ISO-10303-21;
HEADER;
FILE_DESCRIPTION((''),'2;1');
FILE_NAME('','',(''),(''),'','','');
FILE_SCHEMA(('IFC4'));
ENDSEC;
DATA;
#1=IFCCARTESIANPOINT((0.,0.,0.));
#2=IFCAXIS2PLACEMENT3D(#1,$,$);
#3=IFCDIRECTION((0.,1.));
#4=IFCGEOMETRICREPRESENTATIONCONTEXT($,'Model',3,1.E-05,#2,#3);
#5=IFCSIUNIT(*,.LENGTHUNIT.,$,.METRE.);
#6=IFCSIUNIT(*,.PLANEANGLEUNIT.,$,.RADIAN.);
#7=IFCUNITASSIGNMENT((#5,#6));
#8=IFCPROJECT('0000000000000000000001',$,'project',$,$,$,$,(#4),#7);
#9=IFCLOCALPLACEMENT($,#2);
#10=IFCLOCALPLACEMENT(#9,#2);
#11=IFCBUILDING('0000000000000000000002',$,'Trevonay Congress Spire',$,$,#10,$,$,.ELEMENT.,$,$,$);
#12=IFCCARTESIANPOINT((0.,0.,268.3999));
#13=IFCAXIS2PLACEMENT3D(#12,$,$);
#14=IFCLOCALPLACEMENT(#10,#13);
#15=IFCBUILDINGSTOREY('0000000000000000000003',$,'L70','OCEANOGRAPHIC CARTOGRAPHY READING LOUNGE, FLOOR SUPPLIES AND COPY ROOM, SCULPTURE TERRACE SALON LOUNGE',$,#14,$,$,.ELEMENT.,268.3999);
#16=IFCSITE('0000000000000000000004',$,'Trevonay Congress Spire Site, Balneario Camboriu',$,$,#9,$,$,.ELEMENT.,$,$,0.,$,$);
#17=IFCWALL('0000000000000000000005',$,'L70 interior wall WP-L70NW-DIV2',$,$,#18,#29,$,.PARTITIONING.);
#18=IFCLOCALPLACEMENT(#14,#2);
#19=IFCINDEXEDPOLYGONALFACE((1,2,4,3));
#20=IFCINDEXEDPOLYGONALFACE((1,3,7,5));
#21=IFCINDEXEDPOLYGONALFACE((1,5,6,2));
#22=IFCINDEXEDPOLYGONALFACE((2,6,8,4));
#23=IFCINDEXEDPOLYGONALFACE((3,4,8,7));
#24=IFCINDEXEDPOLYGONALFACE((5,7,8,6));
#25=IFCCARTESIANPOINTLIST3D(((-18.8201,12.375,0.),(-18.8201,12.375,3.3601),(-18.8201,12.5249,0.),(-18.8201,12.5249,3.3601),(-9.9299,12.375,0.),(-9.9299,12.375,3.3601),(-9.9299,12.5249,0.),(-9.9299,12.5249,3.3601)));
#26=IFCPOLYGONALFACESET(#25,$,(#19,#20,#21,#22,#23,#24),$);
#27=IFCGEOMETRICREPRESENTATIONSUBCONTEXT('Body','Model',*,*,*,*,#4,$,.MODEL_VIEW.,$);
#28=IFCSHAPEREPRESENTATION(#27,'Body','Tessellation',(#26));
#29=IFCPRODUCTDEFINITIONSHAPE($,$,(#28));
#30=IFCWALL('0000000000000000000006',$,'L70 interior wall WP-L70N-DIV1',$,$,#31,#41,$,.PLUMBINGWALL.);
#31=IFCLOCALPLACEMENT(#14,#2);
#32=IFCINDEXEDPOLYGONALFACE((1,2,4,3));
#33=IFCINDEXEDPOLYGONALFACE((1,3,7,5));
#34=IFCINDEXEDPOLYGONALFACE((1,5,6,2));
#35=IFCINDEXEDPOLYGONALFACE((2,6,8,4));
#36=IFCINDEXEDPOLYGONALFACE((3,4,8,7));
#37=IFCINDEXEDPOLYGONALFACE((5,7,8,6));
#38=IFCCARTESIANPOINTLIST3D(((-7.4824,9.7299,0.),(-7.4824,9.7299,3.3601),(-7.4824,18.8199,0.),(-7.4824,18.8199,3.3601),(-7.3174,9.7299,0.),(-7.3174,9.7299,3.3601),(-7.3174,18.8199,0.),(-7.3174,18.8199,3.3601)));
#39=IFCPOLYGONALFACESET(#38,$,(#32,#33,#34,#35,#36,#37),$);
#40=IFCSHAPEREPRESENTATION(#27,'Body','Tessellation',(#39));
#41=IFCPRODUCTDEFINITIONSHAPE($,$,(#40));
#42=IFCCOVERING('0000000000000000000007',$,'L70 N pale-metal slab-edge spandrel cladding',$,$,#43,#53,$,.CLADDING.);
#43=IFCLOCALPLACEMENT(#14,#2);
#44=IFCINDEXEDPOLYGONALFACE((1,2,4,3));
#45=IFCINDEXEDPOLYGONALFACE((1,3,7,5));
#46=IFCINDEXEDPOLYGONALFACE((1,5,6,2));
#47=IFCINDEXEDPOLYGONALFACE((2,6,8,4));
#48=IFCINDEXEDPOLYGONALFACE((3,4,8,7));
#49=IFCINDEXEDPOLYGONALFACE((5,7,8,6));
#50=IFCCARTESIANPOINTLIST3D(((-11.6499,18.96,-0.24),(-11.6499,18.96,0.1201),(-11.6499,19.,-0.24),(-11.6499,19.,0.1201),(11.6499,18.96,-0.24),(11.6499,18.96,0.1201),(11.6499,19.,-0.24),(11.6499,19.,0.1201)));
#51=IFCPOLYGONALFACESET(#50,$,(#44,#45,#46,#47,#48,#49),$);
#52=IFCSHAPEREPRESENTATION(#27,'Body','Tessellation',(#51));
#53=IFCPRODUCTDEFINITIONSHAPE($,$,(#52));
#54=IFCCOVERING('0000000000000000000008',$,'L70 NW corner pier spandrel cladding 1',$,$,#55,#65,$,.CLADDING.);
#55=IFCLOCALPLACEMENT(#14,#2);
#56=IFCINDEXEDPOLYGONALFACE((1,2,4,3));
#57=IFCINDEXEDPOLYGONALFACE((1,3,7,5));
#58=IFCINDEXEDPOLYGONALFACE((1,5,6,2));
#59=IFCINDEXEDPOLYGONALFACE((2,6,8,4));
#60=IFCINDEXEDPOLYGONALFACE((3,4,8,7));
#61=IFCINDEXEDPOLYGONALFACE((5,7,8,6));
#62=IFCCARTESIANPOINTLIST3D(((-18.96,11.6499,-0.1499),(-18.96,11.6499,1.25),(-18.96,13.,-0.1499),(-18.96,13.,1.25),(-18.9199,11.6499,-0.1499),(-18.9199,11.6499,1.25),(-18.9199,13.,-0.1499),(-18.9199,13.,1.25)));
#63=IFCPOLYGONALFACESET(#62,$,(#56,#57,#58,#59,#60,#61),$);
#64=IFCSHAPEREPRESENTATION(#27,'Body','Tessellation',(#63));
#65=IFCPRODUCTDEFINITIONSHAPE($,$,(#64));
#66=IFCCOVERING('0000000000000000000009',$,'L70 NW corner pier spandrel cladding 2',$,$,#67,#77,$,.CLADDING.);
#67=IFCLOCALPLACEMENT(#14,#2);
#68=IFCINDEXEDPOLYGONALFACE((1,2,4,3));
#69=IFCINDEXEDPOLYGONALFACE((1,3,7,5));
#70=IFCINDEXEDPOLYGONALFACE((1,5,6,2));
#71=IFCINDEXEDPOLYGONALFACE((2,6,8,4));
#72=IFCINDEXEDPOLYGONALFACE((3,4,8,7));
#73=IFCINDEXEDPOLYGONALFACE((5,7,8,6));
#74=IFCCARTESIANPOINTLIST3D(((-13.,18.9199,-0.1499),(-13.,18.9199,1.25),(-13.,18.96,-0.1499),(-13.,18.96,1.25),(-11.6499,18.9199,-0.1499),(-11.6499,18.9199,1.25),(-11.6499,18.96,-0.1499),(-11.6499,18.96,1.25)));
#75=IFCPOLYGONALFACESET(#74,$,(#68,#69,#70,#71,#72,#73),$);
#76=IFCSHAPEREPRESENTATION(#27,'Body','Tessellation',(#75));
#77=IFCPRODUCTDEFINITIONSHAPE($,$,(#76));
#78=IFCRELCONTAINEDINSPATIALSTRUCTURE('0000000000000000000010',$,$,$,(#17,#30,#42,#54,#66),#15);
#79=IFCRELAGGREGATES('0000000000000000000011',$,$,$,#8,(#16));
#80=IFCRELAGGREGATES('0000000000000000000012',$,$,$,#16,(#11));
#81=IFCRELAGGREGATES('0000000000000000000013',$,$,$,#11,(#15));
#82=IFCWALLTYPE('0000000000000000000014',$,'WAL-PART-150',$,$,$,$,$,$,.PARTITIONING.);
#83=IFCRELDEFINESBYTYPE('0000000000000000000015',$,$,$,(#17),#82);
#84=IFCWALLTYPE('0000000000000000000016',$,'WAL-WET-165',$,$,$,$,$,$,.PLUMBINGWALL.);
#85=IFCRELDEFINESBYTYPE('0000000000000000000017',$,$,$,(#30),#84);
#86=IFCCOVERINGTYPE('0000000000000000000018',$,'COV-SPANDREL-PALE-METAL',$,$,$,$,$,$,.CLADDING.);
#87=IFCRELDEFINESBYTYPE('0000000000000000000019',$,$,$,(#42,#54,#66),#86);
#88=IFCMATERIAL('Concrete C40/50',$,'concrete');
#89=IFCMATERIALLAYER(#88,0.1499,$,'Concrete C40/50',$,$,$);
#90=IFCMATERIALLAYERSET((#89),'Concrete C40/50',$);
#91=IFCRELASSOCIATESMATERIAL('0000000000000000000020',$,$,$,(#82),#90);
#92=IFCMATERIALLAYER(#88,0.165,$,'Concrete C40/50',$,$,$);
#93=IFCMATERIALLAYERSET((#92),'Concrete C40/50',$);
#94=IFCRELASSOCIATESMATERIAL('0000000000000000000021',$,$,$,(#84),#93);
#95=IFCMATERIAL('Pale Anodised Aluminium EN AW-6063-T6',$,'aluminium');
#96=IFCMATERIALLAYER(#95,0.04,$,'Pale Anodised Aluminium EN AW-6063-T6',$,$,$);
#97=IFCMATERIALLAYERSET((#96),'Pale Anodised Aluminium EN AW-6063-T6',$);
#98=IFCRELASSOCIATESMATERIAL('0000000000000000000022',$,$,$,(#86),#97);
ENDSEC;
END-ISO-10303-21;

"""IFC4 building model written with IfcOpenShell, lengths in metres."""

from ifc_helpers import new_model, si_unit, direction, frame, frame_2d, origin, place, context, subcontext, project, spatial, rectangle, extrude, material, layer, layer_set, type_object, element, save


model = new_model("IFC4")

# Units and contexts
model_context = context("Model", 3, precision=1e-05, world=origin(), true_north=direction((0.0, 1.0)))
body_context = subcontext(model_context, "Body", "Model", "MODEL_VIEW")
ifc_project = project(units=[si_unit("LENGTHUNIT", "METRE"), si_unit("PLANEANGLEUNIT", "RADIAN")], contexts=[model_context])

# Site, building, storey
site_placement = place(None, origin())
site = spatial("IfcSite", under=ifc_project, at=site_placement, Name="Trevonay Congress Spire Site, Balneario Camboriu", CompositionType="ELEMENT", RefElevation=0.0)
building_placement = place(site_placement, origin())
building = spatial("IfcBuilding", under=site, at=building_placement, Name="Trevonay Congress Spire", CompositionType="ELEMENT")
storey_placement = place(building_placement, frame((0.0, 0.0, 268.3999)))
storey = spatial("IfcBuildingStorey", under=building, at=storey_placement, Name="L70", Description="OCEANOGRAPHIC CARTOGRAPHY READING LOUNGE, FLOOR SUPPLIES AND COPY ROOM, SCULPTURE TERRACE SALON LOUNGE", CompositionType="ELEMENT", Elevation=268.3999)

# Shared definitions
ifc_material_1 = material(Name="Concrete C40/50", Category="concrete")
ifc_material_2 = material(Name="Pale Anodised Aluminium EN AW-6063-T6", Category="aluminium")

# Walls
ifc_layer_1 = layer(ifc_material_1, 0.1499, Name="Concrete C40/50")
ifc_layer_set_1 = layer_set([ifc_layer_1], Name="Concrete C40/50")
wall_type_1 = type_object("IfcWallType", Name="WAL-PART-150", PredefinedType="PARTITIONING", material=ifc_layer_set_1)
wall_1_placement = place(storey_placement, frame((-18.8201, 12.45, 0.0), z_axis=(0.0, 0.0, 1.0), x_axis=(1.0, 0.0, 0.0)))
element("IfcWall", 1, at=wall_1_placement, inside=storey, type_object=wall_type_1, Name="L70 interior wall WP-L70NW-DIV2", PredefinedType="PARTITIONING", context=body_context, shape_type="SweptSolid", body=[
    extrude(rectangle(XDim=8.8901, YDim=0.1499, at=frame_2d((4.4451, 0.0))), origin(), (0.0, 0.0, 1.0), 3.3601),
])
ifc_layer_2 = layer(ifc_material_1, 0.165, Name="Concrete C40/50")
ifc_layer_set_2 = layer_set([ifc_layer_2], Name="Concrete C40/50")
wall_type_2 = type_object("IfcWallType", Name="WAL-WET-165", PredefinedType="PLUMBINGWALL", material=ifc_layer_set_2)
wall_2_placement = place(storey_placement, frame((-7.3999, 9.73, 0.0), z_axis=(0.0, 0.0, 1.0), x_axis=(0.0, 1.0, 0.0)))
element("IfcWall", 2, at=wall_2_placement, inside=storey, type_object=wall_type_2, Name="L70 interior wall WP-L70N-DIV1", PredefinedType="PLUMBINGWALL", context=body_context, shape_type="SweptSolid", body=[
    extrude(rectangle(XDim=9.0901, YDim=0.165, at=frame_2d((4.5449, 0.0))), origin(), (0.0, 0.0, 1.0), 3.3601),
])

# Coverings
ifc_layer_3 = layer(ifc_material_2, 0.04, Name="Pale Anodised Aluminium EN AW-6063-T6")
ifc_layer_set_3 = layer_set([ifc_layer_3], Name="Pale Anodised Aluminium EN AW-6063-T6")
covering_type = type_object("IfcCoveringType", Name="COV-SPANDREL-PALE-METAL", PredefinedType="CLADDING", material=ifc_layer_set_3)
covering_placement = place(storey_placement, frame((-11.6499, 18.98, -0.24), z_axis=(0.0, 0.0, 1.0), x_axis=(1.0, 0.0, 0.0)))
element("IfcCovering", 3, at=covering_placement, inside=storey, type_object=covering_type, Name="L70 N pale-metal slab-edge spandrel cladding", PredefinedType="CLADDING", context=body_context, shape_type="SweptSolid", body=[
    extrude(rectangle(XDim=23.2998, YDim=0.04, at=frame_2d((11.6499, 0.0))), origin(), (0.0, 0.0, 1.0), 0.3601),
])
for number, where, z_axis, x_axis, name in (
    (4, (-18.9399, 11.6499, -0.1499), (0.0, 0.0, 1.0), (0.0, 1.0, 0.0), "L70 NW corner pier spandrel cladding 1"),
    (5, (-11.6499, 18.9399, -0.1499), (0.0, 0.0, 1.0), (-1.0, 0.0, 0.0), "L70 NW corner pier spandrel cladding 2"),
):
    element("IfcCovering", number, at=place(storey_placement, frame(where, z_axis=z_axis, x_axis=x_axis)), inside=storey, type_object=covering_type, Name=name, PredefinedType="CLADDING", context=body_context, shape_type="SweptSolid", body=[
        extrude(rectangle(XDim=1.3501, YDim=0.04, at=frame_2d((0.675, 0.0))), origin(), (0.0, 0.0, 1.0), 1.3999),
    ])

save(model, "model.ifc")
